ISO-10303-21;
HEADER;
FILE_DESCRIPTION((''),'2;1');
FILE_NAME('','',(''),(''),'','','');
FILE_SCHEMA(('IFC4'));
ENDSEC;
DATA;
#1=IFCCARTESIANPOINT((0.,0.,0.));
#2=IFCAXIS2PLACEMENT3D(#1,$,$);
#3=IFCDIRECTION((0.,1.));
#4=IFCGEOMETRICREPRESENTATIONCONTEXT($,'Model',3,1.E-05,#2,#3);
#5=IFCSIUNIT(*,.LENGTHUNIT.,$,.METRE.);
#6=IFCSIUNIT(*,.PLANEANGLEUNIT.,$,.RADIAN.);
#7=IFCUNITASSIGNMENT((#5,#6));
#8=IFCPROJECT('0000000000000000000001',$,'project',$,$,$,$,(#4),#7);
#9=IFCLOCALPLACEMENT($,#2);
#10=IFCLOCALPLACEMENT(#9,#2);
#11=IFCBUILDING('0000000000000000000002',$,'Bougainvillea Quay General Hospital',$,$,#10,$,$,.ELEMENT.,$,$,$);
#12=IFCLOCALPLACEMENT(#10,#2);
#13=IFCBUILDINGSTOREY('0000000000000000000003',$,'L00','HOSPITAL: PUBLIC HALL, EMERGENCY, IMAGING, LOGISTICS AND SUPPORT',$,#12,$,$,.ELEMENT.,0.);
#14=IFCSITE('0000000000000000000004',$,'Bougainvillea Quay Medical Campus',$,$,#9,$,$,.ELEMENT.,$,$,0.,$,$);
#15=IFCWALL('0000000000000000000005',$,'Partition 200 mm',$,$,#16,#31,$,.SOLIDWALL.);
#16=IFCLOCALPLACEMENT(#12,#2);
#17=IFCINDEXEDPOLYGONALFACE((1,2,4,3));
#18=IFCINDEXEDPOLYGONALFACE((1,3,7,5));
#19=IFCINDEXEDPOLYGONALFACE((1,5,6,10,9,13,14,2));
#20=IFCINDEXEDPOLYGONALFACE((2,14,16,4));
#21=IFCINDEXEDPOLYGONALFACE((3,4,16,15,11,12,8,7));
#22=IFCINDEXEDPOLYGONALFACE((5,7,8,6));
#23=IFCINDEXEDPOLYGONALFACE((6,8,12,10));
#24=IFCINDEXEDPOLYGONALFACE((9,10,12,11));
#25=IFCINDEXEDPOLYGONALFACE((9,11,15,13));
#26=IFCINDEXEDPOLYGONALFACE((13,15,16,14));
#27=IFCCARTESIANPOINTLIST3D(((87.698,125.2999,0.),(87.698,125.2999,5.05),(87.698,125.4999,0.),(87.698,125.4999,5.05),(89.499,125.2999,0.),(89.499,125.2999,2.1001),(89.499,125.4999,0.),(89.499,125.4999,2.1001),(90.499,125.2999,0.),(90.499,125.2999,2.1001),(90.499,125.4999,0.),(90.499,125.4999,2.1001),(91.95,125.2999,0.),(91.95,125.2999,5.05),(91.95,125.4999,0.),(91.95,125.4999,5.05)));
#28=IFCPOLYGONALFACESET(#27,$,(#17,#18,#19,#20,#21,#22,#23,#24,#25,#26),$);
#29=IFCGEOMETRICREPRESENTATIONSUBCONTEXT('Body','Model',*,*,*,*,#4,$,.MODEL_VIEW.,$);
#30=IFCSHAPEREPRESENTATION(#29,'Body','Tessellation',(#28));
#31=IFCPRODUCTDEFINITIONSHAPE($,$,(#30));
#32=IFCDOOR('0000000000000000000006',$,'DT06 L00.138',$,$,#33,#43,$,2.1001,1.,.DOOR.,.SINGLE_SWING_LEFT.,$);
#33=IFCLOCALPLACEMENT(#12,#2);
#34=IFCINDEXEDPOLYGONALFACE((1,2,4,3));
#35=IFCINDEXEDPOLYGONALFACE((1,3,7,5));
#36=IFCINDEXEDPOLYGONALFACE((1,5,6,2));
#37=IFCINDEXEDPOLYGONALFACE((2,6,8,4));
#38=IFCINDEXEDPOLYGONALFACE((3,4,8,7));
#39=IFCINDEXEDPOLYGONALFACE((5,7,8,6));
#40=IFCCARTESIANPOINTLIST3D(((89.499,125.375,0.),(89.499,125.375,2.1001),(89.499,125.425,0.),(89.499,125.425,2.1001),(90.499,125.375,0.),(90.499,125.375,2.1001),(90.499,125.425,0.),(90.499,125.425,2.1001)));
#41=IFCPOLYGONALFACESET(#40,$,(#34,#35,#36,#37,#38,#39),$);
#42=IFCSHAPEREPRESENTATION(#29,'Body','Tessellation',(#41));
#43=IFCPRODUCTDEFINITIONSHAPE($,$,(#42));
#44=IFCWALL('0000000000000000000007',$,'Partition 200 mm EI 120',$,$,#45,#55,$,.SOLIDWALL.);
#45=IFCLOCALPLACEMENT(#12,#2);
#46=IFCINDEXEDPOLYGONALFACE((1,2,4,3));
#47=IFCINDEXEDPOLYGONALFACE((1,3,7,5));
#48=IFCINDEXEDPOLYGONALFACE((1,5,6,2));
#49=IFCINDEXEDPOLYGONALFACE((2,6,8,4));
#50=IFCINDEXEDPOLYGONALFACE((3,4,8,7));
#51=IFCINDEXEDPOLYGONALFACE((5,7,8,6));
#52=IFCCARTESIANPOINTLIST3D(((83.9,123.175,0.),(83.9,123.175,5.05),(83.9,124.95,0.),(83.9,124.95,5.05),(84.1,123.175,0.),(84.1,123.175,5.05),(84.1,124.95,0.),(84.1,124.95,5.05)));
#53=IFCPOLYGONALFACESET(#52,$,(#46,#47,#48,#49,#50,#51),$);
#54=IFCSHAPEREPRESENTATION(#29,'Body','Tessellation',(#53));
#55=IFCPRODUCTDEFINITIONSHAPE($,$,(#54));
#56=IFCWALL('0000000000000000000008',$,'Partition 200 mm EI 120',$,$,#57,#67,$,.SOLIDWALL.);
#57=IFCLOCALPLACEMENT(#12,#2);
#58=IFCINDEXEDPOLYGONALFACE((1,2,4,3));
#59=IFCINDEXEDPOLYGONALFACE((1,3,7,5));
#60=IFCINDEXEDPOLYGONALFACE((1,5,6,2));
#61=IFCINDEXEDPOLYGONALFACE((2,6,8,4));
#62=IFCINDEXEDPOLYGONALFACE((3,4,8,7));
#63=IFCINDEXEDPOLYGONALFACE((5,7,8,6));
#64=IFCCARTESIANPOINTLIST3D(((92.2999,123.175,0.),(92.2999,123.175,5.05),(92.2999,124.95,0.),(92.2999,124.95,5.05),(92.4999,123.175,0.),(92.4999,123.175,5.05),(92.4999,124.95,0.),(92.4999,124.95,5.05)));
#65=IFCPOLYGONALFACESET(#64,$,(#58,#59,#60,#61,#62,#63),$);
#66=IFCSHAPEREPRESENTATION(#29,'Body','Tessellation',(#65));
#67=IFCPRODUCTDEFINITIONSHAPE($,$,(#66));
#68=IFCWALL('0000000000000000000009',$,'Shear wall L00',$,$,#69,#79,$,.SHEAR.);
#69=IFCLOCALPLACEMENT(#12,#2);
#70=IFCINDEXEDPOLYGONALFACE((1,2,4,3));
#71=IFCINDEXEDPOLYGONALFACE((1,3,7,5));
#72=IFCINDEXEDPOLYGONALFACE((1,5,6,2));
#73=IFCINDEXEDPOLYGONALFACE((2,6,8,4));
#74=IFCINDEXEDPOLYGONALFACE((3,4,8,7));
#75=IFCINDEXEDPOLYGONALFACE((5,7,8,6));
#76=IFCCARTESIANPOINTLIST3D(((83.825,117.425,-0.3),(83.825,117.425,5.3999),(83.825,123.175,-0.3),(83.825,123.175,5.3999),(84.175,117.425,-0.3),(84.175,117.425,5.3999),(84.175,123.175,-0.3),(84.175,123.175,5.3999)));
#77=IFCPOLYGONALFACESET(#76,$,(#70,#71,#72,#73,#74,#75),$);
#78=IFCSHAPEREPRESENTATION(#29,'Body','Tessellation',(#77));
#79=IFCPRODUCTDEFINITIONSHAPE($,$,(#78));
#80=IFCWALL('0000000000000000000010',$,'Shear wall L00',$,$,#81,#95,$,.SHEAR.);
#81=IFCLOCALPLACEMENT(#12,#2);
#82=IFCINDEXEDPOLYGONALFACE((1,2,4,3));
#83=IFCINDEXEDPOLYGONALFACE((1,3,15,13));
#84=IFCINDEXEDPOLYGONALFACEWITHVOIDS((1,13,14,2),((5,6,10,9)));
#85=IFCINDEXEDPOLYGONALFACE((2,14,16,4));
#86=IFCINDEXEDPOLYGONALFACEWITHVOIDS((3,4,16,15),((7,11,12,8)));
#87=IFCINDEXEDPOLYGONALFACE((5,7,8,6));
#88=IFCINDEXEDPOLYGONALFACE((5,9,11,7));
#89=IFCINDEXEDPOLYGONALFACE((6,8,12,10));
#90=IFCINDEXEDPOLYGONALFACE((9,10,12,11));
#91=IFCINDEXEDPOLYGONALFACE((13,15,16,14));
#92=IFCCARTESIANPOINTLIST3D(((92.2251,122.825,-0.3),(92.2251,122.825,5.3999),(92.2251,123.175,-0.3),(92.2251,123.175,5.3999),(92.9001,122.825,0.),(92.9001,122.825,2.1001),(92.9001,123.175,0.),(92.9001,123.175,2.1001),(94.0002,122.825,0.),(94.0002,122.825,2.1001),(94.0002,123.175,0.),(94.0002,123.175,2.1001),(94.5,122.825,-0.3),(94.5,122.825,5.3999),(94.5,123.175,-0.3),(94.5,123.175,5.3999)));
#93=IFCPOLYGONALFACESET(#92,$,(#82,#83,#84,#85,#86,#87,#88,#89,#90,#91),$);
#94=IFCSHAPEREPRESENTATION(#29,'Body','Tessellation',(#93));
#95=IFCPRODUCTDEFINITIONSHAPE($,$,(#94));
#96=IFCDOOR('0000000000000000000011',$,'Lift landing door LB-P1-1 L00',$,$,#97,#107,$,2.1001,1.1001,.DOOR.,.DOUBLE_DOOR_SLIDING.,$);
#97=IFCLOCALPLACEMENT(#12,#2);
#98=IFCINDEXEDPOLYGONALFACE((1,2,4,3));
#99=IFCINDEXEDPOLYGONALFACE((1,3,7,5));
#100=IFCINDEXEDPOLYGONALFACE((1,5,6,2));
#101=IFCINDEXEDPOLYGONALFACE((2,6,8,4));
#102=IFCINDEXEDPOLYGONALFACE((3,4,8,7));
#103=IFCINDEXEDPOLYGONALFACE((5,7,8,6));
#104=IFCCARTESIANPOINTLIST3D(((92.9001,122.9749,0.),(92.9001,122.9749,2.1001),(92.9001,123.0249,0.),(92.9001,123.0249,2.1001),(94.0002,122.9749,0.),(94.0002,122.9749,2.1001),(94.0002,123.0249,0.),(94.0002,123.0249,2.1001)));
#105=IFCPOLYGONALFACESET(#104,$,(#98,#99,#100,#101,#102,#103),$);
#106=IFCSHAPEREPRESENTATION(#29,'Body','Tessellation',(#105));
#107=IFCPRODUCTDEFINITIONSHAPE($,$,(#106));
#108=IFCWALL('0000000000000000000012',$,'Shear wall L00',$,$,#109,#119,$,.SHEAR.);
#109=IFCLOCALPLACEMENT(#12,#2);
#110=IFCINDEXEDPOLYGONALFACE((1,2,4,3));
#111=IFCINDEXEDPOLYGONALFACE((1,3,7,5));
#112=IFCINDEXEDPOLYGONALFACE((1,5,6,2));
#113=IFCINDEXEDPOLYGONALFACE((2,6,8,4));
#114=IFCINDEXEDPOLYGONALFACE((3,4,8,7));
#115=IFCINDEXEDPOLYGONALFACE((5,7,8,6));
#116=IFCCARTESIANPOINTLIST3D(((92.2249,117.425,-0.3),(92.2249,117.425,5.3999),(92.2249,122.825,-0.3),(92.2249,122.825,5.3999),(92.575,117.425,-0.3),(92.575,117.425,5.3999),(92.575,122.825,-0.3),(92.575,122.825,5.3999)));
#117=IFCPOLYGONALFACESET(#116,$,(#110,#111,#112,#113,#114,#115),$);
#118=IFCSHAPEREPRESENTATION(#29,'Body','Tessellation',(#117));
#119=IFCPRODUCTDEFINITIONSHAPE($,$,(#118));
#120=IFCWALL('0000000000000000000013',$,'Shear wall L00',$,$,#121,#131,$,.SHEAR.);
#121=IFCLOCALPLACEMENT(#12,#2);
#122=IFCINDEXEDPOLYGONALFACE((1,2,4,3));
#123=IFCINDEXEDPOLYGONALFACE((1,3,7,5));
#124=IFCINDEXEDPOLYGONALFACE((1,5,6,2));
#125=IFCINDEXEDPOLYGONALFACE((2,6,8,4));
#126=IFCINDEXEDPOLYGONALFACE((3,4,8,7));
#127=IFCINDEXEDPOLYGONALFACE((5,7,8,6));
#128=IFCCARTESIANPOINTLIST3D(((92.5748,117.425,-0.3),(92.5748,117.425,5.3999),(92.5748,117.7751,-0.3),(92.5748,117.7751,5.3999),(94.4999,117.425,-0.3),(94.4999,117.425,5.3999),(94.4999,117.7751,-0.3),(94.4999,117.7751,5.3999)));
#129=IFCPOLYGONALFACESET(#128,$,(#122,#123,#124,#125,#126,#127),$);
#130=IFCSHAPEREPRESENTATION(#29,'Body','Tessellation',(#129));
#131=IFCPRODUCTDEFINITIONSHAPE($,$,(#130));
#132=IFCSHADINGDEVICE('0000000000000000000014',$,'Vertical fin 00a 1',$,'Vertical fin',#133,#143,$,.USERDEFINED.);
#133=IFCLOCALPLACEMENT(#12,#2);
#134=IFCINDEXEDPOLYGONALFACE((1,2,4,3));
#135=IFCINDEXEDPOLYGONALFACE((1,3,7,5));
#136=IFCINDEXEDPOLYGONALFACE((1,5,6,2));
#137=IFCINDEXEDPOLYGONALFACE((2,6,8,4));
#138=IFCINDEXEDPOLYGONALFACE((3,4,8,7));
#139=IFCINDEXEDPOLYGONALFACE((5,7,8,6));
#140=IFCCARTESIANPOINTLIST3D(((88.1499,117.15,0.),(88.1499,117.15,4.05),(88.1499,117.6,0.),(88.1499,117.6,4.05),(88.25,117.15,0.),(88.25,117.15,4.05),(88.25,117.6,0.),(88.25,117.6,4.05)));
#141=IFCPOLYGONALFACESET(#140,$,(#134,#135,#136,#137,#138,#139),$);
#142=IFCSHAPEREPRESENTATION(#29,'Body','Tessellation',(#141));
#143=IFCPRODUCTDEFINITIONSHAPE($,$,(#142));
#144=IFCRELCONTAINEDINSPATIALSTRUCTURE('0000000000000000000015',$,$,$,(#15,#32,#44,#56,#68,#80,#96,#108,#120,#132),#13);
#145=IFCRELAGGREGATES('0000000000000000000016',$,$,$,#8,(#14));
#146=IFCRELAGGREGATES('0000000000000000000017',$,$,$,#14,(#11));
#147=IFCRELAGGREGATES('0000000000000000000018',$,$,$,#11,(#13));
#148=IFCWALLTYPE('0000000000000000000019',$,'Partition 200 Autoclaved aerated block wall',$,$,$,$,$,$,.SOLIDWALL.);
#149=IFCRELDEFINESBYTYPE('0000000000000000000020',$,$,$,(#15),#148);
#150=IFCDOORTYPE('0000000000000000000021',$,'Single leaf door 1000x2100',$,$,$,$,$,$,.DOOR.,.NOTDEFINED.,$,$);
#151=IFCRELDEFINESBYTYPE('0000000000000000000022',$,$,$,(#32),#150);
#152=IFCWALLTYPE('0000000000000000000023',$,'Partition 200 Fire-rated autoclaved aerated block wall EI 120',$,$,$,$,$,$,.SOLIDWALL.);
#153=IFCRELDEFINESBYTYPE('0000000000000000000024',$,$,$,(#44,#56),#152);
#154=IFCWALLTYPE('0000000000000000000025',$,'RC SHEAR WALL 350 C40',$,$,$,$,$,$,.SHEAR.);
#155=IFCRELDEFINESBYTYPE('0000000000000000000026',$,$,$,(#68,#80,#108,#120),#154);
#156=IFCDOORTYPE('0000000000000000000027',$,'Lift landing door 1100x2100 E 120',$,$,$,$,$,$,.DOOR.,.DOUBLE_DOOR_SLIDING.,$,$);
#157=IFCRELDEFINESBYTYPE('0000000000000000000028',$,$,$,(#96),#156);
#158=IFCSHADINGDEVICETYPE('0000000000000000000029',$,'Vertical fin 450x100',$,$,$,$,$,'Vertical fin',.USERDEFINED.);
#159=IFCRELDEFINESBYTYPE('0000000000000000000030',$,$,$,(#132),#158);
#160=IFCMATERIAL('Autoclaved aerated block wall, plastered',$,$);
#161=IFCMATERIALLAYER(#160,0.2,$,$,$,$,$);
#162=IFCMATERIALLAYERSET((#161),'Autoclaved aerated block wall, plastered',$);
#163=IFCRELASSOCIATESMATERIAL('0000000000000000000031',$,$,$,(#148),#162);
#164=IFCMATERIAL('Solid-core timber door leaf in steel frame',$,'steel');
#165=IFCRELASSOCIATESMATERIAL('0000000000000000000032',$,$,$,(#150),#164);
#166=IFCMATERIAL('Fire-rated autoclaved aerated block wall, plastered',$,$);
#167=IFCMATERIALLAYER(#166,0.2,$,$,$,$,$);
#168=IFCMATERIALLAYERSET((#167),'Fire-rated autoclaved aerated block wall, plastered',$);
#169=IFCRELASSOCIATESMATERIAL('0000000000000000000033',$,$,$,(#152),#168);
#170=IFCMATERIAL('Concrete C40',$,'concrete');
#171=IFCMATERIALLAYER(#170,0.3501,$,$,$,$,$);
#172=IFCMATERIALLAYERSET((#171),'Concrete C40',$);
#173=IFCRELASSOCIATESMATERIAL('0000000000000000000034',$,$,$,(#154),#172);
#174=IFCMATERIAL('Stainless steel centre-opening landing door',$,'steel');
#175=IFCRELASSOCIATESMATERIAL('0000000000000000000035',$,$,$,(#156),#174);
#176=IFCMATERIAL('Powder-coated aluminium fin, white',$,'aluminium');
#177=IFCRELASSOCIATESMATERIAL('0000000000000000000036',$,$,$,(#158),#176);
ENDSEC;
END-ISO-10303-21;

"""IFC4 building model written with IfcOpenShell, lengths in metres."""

from ifc_helpers import new_model, si_unit, direction, frame, frame_2d, origin, origin_2d, place, context, subcontext, project, spatial, rectangle, extrude, material, layer, layer_set, material_profile, profile_set, type_object, element, fill, save


model = new_model("IFC4")

# Units and contexts
model_context = context("Model", 3, precision=1e-05, world=origin(), true_north=direction((0.0, 1.0)))
body_context = subcontext(model_context, "Body", "Model", "MODEL_VIEW")
ifc_project = project(units=[si_unit("LENGTHUNIT", "METRE"), si_unit("PLANEANGLEUNIT", "RADIAN")], contexts=[model_context])

# Site, building, storey
site_placement = place(None, origin())
site = spatial("IfcSite", under=ifc_project, at=site_placement, Name="Bougainvillea Quay Medical Campus", CompositionType="ELEMENT", RefElevation=0.0)
building_placement = place(site_placement, origin())
building = spatial("IfcBuilding", under=site, at=building_placement, Name="Bougainvillea Quay General Hospital", CompositionType="ELEMENT")
storey_placement = place(building_placement, origin())
storey = spatial("IfcBuildingStorey", under=building, at=storey_placement, Name="L00", Description="HOSPITAL: PUBLIC HALL, EMERGENCY, IMAGING, LOGISTICS AND SUPPORT", CompositionType="ELEMENT", Elevation=0.0)

# Shared definitions
ifc_material_1 = material(Name="Concrete C40", Category="concrete")

# Shared definitions
ifc_material_2 = material(Name="Solid-core timber door leaf in steel frame", Category="steel")
ifc_material_3 = material(Name="Autoclaved aerated block wall, plastered")
ifc_layer_1 = layer(ifc_material_3, 0.2)
ifc_layer_set_1 = layer_set([ifc_layer_1], Name="Autoclaved aerated block wall, plastered")
wall_type_1 = type_object("IfcWallType", Name="Partition 200 Autoclaved aerated block wall", PredefinedType="SOLIDWALL", material=ifc_layer_set_1)
door_type_1 = type_object("IfcDoorType", Name="Single leaf door 1000x2100", OperationType="NOTDEFINED", PredefinedType="DOOR", material=ifc_material_2)

# Wall, opening, door
wall_1_placement = place(storey_placement, frame((87.698, 125.3999, 0.0), z_axis=(0.0, 0.0, 1.0), x_axis=(1.0, 0.0, 0.0)))
wall_1 = element("IfcWall", 1, at=wall_1_placement, inside=storey, type_object=wall_type_1, Name="Partition 200 mm", PredefinedType="SOLIDWALL", context=body_context, shape_type="SweptSolid", body=[
    extrude(rectangle(XDim=4.252, YDim=0.2, at=frame_2d((2.126, 0.0))), origin(), (0.0, 0.0, 1.0), 5.05),
])
opening_1_placement = place(wall_1_placement, frame((1.801, 0.0, 0.0)))
opening_1 = element("IfcOpeningElement", 2, at=opening_1_placement, cuts=wall_1, PredefinedType="OPENING", context=body_context, shape_type="SweptSolid", body=[
    extrude(rectangle(XDim=1.0, YDim=2.1001, at=frame_2d((0.5, 1.05))), frame((0.0, 0.1099, 0.0), z_axis=(0.0, -1.0, 0.0), x_axis=(1.0, 0.0, 0.0)), (0.0, 0.0, 1.0), 0.22),
])
door_1_placement = place(opening_1_placement, frame((1.0, 0.0, 0.0), z_axis=(0.0, 0.0, 1.0), x_axis=(-1.0, 0.0, 0.0)))
door_1 = element("IfcDoor", 3, at=door_1_placement, inside=storey, type_object=door_type_1, Name="DT06 L00.138", OperationType="SINGLE_SWING_LEFT", OverallHeight=2.1001, OverallWidth=1.0, PredefinedType="DOOR", context=body_context, shape_type="SweptSolid", body=[
    extrude(rectangle(XDim=1.0, YDim=2.1001, at=frame_2d((0.5, 1.05))), frame((0.0, 0.0249, 0.0), z_axis=(0.0, -1.0, 0.0), x_axis=(1.0, 0.0, 0.0)), (0.0, 0.0, 1.0), 0.05),
])
fill(opening_1, door_1)

# Walls
ifc_material_4 = material(Name="Fire-rated autoclaved aerated block wall, plastered")
ifc_layer_2 = layer(ifc_material_4, 0.2)
ifc_layer_set_2 = layer_set([ifc_layer_2], Name="Fire-rated autoclaved aerated block wall, plastered")
wall_type_2 = type_object("IfcWallType", Name="Partition 200 Fire-rated autoclaved aerated block wall EI 120", PredefinedType="SOLIDWALL", material=ifc_layer_set_2)
for number, where, z_axis, x_axis, name in (
    (4, (84.0, 123.175, 0.0), (0.0, 0.0, 1.0), (0.0, 1.0, 0.0), "Partition 200 mm EI 120"),
    (5, (92.3999, 123.175, 0.0), (0.0, 0.0, 1.0), (0.0, 1.0, 0.0), "Partition 200 mm EI 120"),
):
    element("IfcWall", number, at=place(storey_placement, frame(where, z_axis=z_axis, x_axis=x_axis)), inside=storey, type_object=wall_type_2, Name=name, PredefinedType="SOLIDWALL", context=body_context, shape_type="SweptSolid", body=[
        extrude(rectangle(XDim=1.7749, YDim=0.2, at=frame_2d((0.8875, 0.0))), origin(), (0.0, 0.0, 1.0), 5.05),
    ])
ifc_layer_3 = layer(ifc_material_1, 0.3501)
ifc_layer_set_3 = layer_set([ifc_layer_3], Name="Concrete C40")
wall_type_3 = type_object("IfcWallType", Name="RC SHEAR WALL 350 C40", PredefinedType="SHEAR", material=ifc_layer_set_3)
wall_2_placement = place(storey_placement, frame((84.0, 117.425, -0.3), z_axis=(0.0, 0.0, 1.0), x_axis=(0.0, 1.0, 0.0)))
element("IfcWall", 6, at=wall_2_placement, inside=storey, type_object=wall_type_3, Name="Shear wall L00", PredefinedType="SHEAR", context=body_context, shape_type="SweptSolid", body=[
    extrude(rectangle(XDim=5.75, YDim=0.3501, at=frame_2d((2.875, 0.0))), origin(), (0.0, 0.0, 1.0), 5.7),
])

# Wall, opening, door
wall_3_placement = place(storey_placement, frame((92.2251, 123.0, -0.3), z_axis=(0.0, 0.0, 1.0), x_axis=(1.0, 0.0, 0.0)))
wall_3 = element("IfcWall", 7, at=wall_3_placement, inside=storey, type_object=wall_type_3, Name="Shear wall L00", PredefinedType="SHEAR", context=body_context, shape_type="SweptSolid", body=[
    extrude(rectangle(XDim=2.2749, YDim=0.3501, at=frame_2d((1.1375, 0.0))), origin(), (0.0, 0.0, 1.0), 5.7),
])
opening_2_placement = place(wall_3_placement, frame((0.675, 0.0, 0.3)))
opening_2 = element("IfcOpeningElement", 8, at=opening_2_placement, cuts=wall_3, PredefinedType="OPENING", context=body_context, shape_type="SweptSolid", body=[
    extrude(rectangle(XDim=1.1001, YDim=2.1001, at=frame_2d((0.55, 1.05))), frame((0.0, 0.1851, 0.0), z_axis=(0.0, -1.0, 0.0), x_axis=(1.0, 0.0, 0.0)), (0.0, 0.0, 1.0), 0.3701),
])
ifc_material_5 = material(Name="Stainless steel centre-opening landing door", Category="steel")
door_type_2 = type_object("IfcDoorType", Name="Lift landing door 1100x2100 E 120", OperationType="DOUBLE_DOOR_SLIDING", PredefinedType="DOOR", material=ifc_material_5)
door_2_placement = place(opening_2_placement, origin())
door_2 = element("IfcDoor", 9, at=door_2_placement, inside=storey, type_object=door_type_2, Name="Lift landing door LB-P1-1 L00", OperationType="DOUBLE_DOOR_SLIDING", OverallHeight=2.1001, OverallWidth=1.1001, PredefinedType="DOOR", context=body_context, shape_type="SweptSolid", body=[
    extrude(rectangle(XDim=1.1001, YDim=2.1001, at=frame_2d((0.55, 1.05))), frame((0.0, 0.0249, 0.0), z_axis=(0.0, -1.0, 0.0), x_axis=(1.0, 0.0, 0.0)), (0.0, 0.0, 1.0), 0.05),
])
fill(opening_2, door_2)

# Walls
wall_4_placement = place(storey_placement, frame((92.3999, 117.425, -0.3), z_axis=(0.0, 0.0, 1.0), x_axis=(0.0, 1.0, 0.0)))
element("IfcWall", 10, at=wall_4_placement, inside=storey, type_object=wall_type_3, Name="Shear wall L00", PredefinedType="SHEAR", context=body_context, shape_type="SweptSolid", body=[
    extrude(rectangle(XDim=5.3999, YDim=0.3501, at=frame_2d((2.7, 0.0))), origin(), (0.0, 0.0, 1.0), 5.7),
])
wall_5_placement = place(storey_placement, frame((92.575, 117.6001, -0.3), z_axis=(0.0, 0.0, 1.0), x_axis=(1.0, 0.0, 0.0)))
element("IfcWall", 11, at=wall_5_placement, inside=storey, type_object=wall_type_3, Name="Shear wall L00", PredefinedType="SHEAR", context=body_context, shape_type="SweptSolid", body=[
    extrude(rectangle(XDim=1.925, YDim=0.3501, at=frame_2d((0.9624, 0.0))), origin(), (0.0, 0.0, 1.0), 5.7),
])

# Shading device
ifc_material_6 = material(Name="Powder-coated aluminium fin, white", Category="aluminium")
ifc_material_profile_1 = material_profile(ifc_material_6, rectangle(XDim=0.45, YDim=0.1001, at=origin_2d()))
ifc_profile_set_1 = profile_set([ifc_material_profile_1], Name="Powder-coated aluminium fin, white")
shading_device_type = type_object("IfcShadingDeviceType", Name="Vertical fin 450x100", ElementType="Vertical fin", PredefinedType="USERDEFINED", material=ifc_profile_set_1)
shading_device_placement = place(storey_placement, frame((88.2, 117.375, 0.0), z_axis=(0.0, 0.0, 1.0), x_axis=(0.0, -1.0, 0.0)))
element("IfcShadingDevice", 12, at=shading_device_placement, inside=storey, type_object=shading_device_type, Name="Vertical fin 00a 1", ObjectType="Vertical fin", PredefinedType="USERDEFINED", context=body_context, shape_type="SweptSolid", body=[
    extrude(rectangle(XDim=0.45, YDim=0.1001, at=origin_2d()), origin(), (0.0, 0.0, 1.0), 4.05),
])

save(model, "model.ifc")
